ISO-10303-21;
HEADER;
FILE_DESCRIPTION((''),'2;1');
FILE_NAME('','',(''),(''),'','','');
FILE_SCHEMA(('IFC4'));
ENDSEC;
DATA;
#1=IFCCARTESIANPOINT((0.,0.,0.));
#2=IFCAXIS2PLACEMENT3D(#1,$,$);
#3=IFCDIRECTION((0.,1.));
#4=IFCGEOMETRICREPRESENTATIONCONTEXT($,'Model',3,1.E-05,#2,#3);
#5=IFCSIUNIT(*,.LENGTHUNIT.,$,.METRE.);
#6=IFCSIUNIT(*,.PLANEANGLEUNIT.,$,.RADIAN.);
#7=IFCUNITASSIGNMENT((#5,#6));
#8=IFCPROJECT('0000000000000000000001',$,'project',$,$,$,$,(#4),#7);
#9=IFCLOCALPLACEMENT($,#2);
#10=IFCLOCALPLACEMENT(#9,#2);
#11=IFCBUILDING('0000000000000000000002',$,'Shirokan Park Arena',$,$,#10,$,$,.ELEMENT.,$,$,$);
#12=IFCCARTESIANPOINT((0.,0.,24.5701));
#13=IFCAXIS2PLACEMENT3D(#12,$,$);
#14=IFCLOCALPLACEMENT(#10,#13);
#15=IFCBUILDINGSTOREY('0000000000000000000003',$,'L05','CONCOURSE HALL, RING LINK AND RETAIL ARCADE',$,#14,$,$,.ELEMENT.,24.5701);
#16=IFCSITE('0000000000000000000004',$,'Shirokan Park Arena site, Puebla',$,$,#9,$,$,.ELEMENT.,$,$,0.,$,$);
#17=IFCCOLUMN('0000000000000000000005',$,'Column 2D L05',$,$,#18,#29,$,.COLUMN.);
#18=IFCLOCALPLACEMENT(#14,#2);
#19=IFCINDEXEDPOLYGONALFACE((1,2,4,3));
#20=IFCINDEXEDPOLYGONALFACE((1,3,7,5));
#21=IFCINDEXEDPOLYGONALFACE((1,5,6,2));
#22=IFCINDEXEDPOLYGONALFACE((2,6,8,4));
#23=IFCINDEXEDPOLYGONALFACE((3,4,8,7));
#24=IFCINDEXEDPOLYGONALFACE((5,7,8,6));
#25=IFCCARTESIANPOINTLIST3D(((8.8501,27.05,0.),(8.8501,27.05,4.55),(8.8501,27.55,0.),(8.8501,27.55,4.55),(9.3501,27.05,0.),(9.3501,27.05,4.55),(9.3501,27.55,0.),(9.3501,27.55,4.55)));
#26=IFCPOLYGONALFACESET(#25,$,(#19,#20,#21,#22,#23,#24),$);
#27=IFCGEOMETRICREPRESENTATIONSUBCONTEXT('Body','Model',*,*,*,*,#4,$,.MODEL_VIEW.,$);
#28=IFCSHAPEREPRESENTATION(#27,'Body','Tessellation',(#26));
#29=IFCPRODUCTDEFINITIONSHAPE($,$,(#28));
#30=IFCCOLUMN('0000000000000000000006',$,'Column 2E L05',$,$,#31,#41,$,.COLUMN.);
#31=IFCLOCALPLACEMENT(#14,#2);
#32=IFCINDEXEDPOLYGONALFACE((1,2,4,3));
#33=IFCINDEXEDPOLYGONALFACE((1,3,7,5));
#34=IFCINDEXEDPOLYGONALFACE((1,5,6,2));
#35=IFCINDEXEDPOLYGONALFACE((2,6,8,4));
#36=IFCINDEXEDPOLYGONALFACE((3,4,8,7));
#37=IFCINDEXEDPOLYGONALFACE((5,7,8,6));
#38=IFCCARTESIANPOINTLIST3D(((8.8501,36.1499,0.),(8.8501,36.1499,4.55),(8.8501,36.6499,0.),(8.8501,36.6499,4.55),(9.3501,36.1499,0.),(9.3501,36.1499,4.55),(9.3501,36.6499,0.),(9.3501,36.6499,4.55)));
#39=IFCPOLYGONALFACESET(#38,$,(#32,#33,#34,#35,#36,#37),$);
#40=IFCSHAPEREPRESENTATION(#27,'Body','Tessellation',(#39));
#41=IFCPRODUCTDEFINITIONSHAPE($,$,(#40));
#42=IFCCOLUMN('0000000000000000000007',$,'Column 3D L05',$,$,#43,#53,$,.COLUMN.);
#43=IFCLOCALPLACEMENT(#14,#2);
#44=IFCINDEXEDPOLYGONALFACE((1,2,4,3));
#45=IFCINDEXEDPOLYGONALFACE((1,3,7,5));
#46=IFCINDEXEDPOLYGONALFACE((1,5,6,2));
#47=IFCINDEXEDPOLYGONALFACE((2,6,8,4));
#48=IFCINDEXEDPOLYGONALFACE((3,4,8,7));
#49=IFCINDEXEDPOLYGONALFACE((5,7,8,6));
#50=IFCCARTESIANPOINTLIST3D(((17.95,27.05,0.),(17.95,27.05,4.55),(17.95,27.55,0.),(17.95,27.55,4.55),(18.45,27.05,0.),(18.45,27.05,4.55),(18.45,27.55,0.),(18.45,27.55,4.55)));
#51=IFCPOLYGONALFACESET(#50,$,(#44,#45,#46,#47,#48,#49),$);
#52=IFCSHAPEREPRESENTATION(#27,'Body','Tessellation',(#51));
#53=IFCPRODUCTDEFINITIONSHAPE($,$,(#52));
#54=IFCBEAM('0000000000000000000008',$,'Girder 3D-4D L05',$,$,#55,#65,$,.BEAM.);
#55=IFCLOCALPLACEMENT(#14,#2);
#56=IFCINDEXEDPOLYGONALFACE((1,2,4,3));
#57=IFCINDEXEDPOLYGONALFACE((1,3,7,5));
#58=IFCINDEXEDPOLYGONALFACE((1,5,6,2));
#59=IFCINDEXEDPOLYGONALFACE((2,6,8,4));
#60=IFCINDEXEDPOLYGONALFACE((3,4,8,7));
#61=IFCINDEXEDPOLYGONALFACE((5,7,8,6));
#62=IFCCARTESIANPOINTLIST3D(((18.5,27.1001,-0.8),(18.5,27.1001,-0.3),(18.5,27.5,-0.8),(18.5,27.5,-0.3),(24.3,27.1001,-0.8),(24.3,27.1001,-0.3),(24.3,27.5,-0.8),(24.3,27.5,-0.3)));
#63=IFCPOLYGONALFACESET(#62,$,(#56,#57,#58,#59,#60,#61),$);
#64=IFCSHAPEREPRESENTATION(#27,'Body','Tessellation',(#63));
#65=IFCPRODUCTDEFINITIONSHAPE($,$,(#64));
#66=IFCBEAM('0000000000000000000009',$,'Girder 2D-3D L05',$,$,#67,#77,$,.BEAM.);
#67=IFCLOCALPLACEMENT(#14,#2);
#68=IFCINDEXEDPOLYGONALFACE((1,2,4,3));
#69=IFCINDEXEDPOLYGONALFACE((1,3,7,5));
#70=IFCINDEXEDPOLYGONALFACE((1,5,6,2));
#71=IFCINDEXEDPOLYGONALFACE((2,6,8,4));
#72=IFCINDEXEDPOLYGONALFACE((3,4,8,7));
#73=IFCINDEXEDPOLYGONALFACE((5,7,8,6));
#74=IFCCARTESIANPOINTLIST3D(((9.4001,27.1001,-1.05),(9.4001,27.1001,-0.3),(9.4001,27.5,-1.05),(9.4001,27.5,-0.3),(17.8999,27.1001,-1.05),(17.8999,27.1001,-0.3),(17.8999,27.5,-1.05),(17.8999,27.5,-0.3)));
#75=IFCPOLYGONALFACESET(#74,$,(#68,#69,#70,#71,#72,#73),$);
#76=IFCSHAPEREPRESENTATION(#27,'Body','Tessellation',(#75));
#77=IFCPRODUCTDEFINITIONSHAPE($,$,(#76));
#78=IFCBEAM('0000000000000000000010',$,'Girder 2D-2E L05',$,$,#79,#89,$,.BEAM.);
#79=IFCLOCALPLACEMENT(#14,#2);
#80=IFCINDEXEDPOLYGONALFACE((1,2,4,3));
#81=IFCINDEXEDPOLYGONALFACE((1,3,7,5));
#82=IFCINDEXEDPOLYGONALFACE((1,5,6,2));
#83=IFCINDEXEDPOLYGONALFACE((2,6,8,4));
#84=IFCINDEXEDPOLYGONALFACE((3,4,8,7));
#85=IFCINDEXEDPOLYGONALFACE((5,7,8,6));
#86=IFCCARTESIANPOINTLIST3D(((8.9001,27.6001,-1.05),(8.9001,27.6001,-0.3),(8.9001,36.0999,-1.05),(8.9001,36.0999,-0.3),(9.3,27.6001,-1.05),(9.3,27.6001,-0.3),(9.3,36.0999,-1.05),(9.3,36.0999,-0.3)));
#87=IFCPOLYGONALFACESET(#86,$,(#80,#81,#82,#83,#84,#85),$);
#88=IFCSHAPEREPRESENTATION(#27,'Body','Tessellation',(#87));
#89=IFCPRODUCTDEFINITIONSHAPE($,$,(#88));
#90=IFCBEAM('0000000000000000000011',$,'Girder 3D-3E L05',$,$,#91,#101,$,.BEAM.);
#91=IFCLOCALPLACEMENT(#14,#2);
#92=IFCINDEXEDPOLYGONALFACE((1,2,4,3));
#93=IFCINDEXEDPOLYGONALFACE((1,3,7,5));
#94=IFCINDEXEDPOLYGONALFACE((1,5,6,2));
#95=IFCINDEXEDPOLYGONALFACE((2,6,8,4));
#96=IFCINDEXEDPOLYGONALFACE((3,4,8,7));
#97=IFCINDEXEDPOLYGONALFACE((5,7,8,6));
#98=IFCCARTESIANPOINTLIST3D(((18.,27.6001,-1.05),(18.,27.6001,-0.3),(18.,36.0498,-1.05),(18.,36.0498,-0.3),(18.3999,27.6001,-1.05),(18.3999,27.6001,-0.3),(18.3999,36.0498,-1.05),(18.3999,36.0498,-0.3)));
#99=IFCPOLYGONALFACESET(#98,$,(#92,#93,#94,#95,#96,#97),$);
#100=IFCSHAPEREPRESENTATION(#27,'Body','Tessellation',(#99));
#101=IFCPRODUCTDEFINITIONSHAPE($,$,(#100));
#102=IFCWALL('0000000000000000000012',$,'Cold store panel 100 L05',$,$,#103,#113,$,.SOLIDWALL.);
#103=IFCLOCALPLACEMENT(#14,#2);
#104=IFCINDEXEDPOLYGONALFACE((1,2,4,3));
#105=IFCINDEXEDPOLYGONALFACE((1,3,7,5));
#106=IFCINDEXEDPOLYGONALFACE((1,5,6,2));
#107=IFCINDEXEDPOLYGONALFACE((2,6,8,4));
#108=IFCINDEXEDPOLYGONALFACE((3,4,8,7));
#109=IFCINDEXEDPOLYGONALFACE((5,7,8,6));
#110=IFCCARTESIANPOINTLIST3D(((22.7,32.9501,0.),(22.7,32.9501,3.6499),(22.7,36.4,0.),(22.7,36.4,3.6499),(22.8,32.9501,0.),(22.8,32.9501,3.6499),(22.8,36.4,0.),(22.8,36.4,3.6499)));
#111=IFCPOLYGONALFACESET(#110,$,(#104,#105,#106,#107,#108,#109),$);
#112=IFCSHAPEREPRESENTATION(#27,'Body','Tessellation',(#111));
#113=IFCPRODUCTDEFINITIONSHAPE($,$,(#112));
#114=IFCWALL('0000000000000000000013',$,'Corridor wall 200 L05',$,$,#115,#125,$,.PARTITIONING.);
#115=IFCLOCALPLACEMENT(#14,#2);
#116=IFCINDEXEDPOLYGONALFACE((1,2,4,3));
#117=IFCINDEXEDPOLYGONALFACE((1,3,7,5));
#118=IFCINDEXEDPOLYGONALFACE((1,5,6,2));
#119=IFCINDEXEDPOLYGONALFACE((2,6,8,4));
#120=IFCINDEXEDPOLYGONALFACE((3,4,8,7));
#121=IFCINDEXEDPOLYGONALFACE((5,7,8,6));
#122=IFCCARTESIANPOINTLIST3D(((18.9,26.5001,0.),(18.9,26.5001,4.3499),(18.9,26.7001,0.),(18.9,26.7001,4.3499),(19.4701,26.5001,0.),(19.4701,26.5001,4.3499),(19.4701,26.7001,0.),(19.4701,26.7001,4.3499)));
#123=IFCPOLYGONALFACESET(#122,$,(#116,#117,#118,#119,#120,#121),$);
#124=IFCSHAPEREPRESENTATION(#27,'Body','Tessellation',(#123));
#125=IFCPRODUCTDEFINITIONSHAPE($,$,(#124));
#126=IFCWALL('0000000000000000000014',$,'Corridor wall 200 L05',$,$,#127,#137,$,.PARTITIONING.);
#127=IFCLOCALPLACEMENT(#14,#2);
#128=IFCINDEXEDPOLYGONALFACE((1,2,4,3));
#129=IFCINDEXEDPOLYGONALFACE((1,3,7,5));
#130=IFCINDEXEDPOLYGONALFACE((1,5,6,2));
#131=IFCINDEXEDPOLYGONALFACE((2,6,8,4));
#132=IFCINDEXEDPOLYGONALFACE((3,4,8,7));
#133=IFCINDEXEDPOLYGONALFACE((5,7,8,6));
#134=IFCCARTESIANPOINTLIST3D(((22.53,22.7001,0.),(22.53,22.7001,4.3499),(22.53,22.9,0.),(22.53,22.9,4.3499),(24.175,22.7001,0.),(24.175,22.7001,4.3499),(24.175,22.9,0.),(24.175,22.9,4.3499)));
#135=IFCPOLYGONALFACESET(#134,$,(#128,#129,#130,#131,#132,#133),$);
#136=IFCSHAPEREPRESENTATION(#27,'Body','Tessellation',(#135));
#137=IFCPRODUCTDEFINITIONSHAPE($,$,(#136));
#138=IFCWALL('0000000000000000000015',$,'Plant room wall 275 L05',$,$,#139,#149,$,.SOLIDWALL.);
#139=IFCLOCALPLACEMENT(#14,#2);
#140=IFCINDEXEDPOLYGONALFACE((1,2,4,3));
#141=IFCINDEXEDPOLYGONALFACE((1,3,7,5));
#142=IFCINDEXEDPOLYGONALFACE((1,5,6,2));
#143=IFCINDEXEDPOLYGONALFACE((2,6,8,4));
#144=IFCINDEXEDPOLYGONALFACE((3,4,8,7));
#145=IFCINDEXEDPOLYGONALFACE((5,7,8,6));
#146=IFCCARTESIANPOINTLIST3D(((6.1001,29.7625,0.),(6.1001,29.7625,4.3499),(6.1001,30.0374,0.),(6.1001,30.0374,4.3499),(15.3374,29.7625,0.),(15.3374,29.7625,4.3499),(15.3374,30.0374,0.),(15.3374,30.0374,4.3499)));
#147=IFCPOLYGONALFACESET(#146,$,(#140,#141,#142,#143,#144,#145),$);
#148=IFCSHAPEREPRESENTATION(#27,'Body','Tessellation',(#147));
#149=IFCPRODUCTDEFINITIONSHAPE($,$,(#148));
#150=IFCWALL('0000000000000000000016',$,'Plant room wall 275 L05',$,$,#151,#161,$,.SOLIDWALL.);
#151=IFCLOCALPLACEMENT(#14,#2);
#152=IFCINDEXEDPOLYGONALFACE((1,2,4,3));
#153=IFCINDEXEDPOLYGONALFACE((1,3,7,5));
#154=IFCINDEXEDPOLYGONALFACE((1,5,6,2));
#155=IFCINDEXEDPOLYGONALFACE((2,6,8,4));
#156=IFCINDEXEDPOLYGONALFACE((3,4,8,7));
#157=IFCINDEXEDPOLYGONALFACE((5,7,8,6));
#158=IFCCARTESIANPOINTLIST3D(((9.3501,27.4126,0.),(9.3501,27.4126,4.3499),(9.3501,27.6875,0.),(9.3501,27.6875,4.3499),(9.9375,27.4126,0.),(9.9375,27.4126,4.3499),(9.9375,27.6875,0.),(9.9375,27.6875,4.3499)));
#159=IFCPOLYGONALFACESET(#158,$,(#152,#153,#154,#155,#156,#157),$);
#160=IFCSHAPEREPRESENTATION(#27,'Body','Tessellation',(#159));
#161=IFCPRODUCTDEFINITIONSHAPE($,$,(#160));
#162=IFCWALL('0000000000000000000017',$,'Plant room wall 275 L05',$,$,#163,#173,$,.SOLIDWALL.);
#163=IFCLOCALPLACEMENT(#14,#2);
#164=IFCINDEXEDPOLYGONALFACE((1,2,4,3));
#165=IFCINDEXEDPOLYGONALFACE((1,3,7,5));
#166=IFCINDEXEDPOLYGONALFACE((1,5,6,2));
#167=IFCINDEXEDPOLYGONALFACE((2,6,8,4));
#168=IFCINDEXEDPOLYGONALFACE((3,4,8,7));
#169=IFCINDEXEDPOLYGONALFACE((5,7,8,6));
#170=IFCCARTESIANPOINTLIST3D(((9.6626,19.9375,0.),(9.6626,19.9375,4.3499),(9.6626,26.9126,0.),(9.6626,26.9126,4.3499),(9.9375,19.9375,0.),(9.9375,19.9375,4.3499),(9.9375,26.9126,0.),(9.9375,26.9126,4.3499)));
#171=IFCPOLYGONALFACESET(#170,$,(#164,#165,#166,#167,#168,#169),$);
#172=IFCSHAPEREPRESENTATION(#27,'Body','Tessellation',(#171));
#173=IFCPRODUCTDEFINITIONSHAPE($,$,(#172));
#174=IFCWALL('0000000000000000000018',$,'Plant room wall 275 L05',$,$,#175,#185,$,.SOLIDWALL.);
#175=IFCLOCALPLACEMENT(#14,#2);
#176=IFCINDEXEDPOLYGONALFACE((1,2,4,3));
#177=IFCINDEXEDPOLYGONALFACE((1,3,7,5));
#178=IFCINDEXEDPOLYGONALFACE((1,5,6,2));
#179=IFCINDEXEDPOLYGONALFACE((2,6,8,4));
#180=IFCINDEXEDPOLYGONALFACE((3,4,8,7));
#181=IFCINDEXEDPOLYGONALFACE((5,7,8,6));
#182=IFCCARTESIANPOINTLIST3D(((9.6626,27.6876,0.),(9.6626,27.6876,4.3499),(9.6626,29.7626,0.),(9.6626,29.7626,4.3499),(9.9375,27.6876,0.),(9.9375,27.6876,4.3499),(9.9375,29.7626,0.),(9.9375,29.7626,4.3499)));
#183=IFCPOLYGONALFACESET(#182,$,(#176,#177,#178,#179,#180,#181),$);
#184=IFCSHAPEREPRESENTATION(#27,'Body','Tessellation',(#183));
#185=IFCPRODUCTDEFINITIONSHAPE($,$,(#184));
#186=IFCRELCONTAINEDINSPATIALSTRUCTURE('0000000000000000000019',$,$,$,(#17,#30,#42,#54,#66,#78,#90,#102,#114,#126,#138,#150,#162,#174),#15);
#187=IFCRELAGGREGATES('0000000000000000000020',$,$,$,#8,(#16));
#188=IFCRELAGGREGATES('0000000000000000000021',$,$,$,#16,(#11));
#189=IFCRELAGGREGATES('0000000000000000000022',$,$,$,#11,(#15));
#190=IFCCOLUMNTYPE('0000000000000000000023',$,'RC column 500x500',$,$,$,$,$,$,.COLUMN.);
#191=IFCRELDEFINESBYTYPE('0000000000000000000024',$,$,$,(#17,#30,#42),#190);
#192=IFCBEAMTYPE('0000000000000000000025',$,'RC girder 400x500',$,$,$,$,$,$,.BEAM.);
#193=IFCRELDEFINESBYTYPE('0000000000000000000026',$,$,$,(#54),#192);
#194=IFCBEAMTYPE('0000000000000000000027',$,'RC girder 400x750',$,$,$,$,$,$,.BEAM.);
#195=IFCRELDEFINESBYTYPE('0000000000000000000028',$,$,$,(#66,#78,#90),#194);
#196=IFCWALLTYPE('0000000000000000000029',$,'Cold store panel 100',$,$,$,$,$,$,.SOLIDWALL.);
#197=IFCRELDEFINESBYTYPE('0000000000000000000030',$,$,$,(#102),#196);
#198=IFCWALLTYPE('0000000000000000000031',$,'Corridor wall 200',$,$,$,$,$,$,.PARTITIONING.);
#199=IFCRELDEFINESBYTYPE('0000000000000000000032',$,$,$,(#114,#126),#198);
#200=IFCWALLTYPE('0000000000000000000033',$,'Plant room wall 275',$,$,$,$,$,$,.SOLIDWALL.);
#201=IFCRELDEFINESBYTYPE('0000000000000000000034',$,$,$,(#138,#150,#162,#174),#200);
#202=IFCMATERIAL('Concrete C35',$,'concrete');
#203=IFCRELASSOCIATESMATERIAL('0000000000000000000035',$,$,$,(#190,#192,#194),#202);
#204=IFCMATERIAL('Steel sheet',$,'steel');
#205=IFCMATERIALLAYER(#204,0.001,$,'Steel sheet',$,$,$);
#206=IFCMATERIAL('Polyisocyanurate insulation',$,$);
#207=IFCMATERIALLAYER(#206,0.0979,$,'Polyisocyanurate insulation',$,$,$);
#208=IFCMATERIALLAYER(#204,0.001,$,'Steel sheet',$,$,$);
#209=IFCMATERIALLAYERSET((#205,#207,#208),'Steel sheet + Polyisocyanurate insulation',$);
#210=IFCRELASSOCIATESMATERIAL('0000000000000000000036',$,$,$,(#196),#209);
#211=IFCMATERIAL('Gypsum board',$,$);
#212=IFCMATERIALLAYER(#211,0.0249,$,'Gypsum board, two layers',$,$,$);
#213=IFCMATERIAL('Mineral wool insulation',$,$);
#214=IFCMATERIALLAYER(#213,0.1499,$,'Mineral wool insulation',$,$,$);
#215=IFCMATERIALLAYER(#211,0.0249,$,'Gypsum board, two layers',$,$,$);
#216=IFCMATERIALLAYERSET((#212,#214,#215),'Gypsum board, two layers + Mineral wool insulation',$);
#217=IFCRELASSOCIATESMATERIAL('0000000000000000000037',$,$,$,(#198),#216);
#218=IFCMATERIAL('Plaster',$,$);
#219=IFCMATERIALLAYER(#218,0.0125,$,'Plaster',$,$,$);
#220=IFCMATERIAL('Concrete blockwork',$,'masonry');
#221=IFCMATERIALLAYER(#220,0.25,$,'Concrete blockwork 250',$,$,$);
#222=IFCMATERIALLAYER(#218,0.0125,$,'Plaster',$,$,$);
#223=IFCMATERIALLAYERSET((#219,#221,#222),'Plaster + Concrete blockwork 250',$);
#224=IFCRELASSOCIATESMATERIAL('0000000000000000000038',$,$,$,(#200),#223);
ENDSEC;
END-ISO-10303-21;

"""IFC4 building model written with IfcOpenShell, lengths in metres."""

from ifc_helpers import new_model, si_unit, direction, frame, frame_2d, origin, origin_2d, place, context, subcontext, project, spatial, rectangle, extrude, material, layer, layer_set, material_profile, profile_set, type_object, element, save


model = new_model("IFC4")

# Units and contexts
model_context = context("Model", 3, precision=1e-05, world=origin(), true_north=direction((0.0, 1.0)))
body_context = subcontext(model_context, "Body", "Model", "MODEL_VIEW")
ifc_project = project(units=[si_unit("LENGTHUNIT", "METRE"), si_unit("PLANEANGLEUNIT", "RADIAN")], contexts=[model_context])

# Site, building, storey
site_placement = place(None, origin())
site = spatial("IfcSite", under=ifc_project, at=site_placement, Name="Shirokan Park Arena site, Puebla", CompositionType="ELEMENT", RefElevation=0.0)
building_placement = place(site_placement, origin())
building = spatial("IfcBuilding", under=site, at=building_placement, Name="Shirokan Park Arena", CompositionType="ELEMENT")
storey_placement = place(building_placement, frame((0.0, 0.0, 24.5701)))
storey = spatial("IfcBuildingStorey", under=building, at=storey_placement, Name="L05", Description="CONCOURSE HALL, RING LINK AND RETAIL ARCADE", CompositionType="ELEMENT", Elevation=24.5701)

# Columns
ifc_material_1 = material(Name="Concrete C35", Category="concrete")
ifc_material_profile_1 = material_profile(ifc_material_1, rectangle(XDim=0.5, YDim=0.5, at=origin_2d()), Name="500x500")
ifc_profile_set_1 = profile_set([ifc_material_profile_1], Name="Concrete C35")
column_type = type_object("IfcColumnType", Name="RC column 500x500", PredefinedType="COLUMN", material=ifc_profile_set_1)
for number, where, z_axis, x_axis, name in (
    (1, (9.1001, 27.3, 0.0), (0.0, 0.0, 1.0), (1.0, 0.0, 0.0), "Column 2D L05"),
    (2, (9.1001, 36.3999, 0.0), (0.0, 0.0, 1.0), (1.0, 0.0, 0.0), "Column 2E L05"),
    (3, (18.2, 27.3, 0.0), (0.0, 0.0, 1.0), (1.0, 0.0, 0.0), "Column 3D L05"),
):
    element("IfcColumn", number, at=place(storey_placement, frame(where, z_axis=z_axis, x_axis=x_axis)), inside=storey, type_object=column_type, Name=name, PredefinedType="COLUMN", context=body_context, shape_type="SweptSolid", body=[
        extrude(rectangle(XDim=0.5, YDim=0.5, at=origin_2d()), origin(), (0.0, 0.0, 1.0), 4.55),
    ])

# Beams
ifc_material_profile_2 = material_profile(ifc_material_1, rectangle(XDim=0.3999, YDim=0.5, at=origin_2d()), Name="400x500")
ifc_profile_set_2 = profile_set([ifc_material_profile_2], Name="Concrete C35")
beam_type_1 = type_object("IfcBeamType", Name="RC girder 400x500", PredefinedType="BEAM", material=ifc_profile_set_2)
beam_1_placement = place(storey_placement, frame((18.5, 27.3, -0.55), z_axis=(1.0, 0.0, 0.0), x_axis=(0.0, 1.0, 0.0)))
element("IfcBeam", 4, at=beam_1_placement, inside=storey, type_object=beam_type_1, Name="Girder 3D-4D L05", PredefinedType="BEAM", context=body_context, shape_type="SweptSolid", body=[
    extrude(rectangle(XDim=0.3999, YDim=0.5, at=origin_2d()), origin(), (0.0, 0.0, 1.0), 5.8),
])
ifc_material_profile_3 = material_profile(ifc_material_1, rectangle(XDim=0.3999, YDim=0.75, at=origin_2d()), Name="400x750")
ifc_profile_set_3 = profile_set([ifc_material_profile_3], Name="Concrete C35")
beam_type_2 = type_object("IfcBeamType", Name="RC girder 400x750", PredefinedType="BEAM", material=ifc_profile_set_3)
for number, where, z_axis, x_axis, name in (
    (5, (9.4001, 27.3, -0.675), (1.0, 0.0, 0.0), (0.0, 1.0, 0.0), "Girder 2D-3D L05"),
    (6, (9.1001, 27.6001, -0.675), (0.0, 1.0, 0.0), (-1.0, 0.0, 0.0), "Girder 2D-2E L05"),
):
    element("IfcBeam", number, at=place(storey_placement, frame(where, z_axis=z_axis, x_axis=x_axis)), inside=storey, type_object=beam_type_2, Name=name, PredefinedType="BEAM", context=body_context, shape_type="SweptSolid", body=[
        extrude(rectangle(XDim=0.3999, YDim=0.75, at=origin_2d()), origin(), (0.0, 0.0, 1.0), 8.4998),
    ])
beam_2_placement = place(storey_placement, frame((18.2, 27.6001, -0.675), z_axis=(0.0, 1.0, 0.0), x_axis=(-1.0, 0.0, 0.0)))
element("IfcBeam", 7, at=beam_2_placement, inside=storey, type_object=beam_type_2, Name="Girder 3D-3E L05", PredefinedType="BEAM", context=body_context, shape_type="SweptSolid", body=[
    extrude(rectangle(XDim=0.3999, YDim=0.75, at=origin_2d()), origin(), (0.0, 0.0, 1.0), 8.4497),
])

# Wall
ifc_material_2 = material(Name="Steel sheet", Category="steel")
ifc_layer_1 = layer(ifc_material_2, 0.001, Name="Steel sheet")
ifc_material_3 = material(Name="Polyisocyanurate insulation")
ifc_layer_2 = layer(ifc_material_3, 0.0979, Name="Polyisocyanurate insulation")
ifc_layer_3 = layer(ifc_material_2, 0.001, Name="Steel sheet")
ifc_layer_set_1 = layer_set([ifc_layer_1, ifc_layer_2, ifc_layer_3], Name="Steel sheet + Polyisocyanurate insulation")
wall_type_1 = type_object("IfcWallType", Name="Cold store panel 100", PredefinedType="SOLIDWALL", material=ifc_layer_set_1)
wall_1_placement = place(storey_placement, frame((22.75, 32.95, 0.0), z_axis=(0.0, 0.0, 1.0), x_axis=(0.0, 1.0, 0.0)))
element("IfcWall", 8, at=wall_1_placement, inside=storey, type_object=wall_type_1, Name="Cold store panel 100 L05", PredefinedType="SOLIDWALL", context=body_context, shape_type="SweptSolid", body=[
    extrude(rectangle(XDim=3.45, YDim=0.1001, at=frame_2d((1.7251, 0.0))), origin(), (0.0, 0.0, 1.0), 3.6499),
])

# Shared definitions
ifc_material_4 = material(Name="Gypsum board")
ifc_layer_4 = layer(ifc_material_4, 0.0249, Name="Gypsum board, two layers")
ifc_material_5 = material(Name="Mineral wool insulation")
ifc_layer_5 = layer(ifc_material_5, 0.1499, Name="Mineral wool insulation")
ifc_layer_6 = layer(ifc_material_4, 0.0249, Name="Gypsum board, two layers")
ifc_layer_set_2 = layer_set([ifc_layer_4, ifc_layer_5, ifc_layer_6], Name="Gypsum board, two layers + Mineral wool insulation")
wall_type_2 = type_object("IfcWallType", Name="Corridor wall 200", PredefinedType="PARTITIONING", material=ifc_layer_set_2)

# Walls
wall_2_placement = place(storey_placement, frame((18.8999, 26.6001, 0.0), z_axis=(0.0, 0.0, 1.0), x_axis=(1.0, 0.0, 0.0)))
element("IfcWall", 9, at=wall_2_placement, inside=storey, type_object=wall_type_2, Name="Corridor wall 200 L05", PredefinedType="PARTITIONING", context=body_context, shape_type="SweptSolid", body=[
    extrude(rectangle(XDim=0.5701, YDim=0.2, at=frame_2d((0.2852, 0.0))), origin(), (0.0, 0.0, 1.0), 4.3499),
])
wall_3_placement = place(storey_placement, frame((22.53, 22.8, 0.0), z_axis=(0.0, 0.0, 1.0), x_axis=(1.0, 0.0, 0.0)))
element("IfcWall", 10, at=wall_3_placement, inside=storey, type_object=wall_type_2, Name="Corridor wall 200 L05", PredefinedType="PARTITIONING", context=body_context, shape_type="SweptSolid", body=[
    extrude(rectangle(XDim=1.645, YDim=0.2, at=frame_2d((0.8225, 0.0))), origin(), (0.0, 0.0, 1.0), 4.3499),
])
ifc_material_6 = material(Name="Plaster")
ifc_layer_7 = layer(ifc_material_6, 0.0125, Name="Plaster")
ifc_material_7 = material(Name="Concrete blockwork", Category="masonry")
ifc_layer_8 = layer(ifc_material_7, 0.25, Name="Concrete blockwork 250")
ifc_layer_9 = layer(ifc_material_6, 0.0125, Name="Plaster")
ifc_layer_set_3 = layer_set([ifc_layer_7, ifc_layer_8, ifc_layer_9], Name="Plaster + Concrete blockwork 250")
wall_type_3 = type_object("IfcWallType", Name="Plant room wall 275", PredefinedType="SOLIDWALL", material=ifc_layer_set_3)
wall_4_placement = place(storey_placement, frame((6.1001, 29.8999, 0.0), z_axis=(0.0, 0.0, 1.0), x_axis=(1.0, 0.0, 0.0)))
element("IfcWall", 11, at=wall_4_placement, inside=storey, type_object=wall_type_3, Name="Plant room wall 275 L05", PredefinedType="SOLIDWALL", context=body_context, shape_type="SweptSolid", body=[
    extrude(rectangle(XDim=9.2373, YDim=0.2749, at=frame_2d((4.6187, 0.0))), origin(), (0.0, 0.0, 1.0), 4.3499),
])
wall_5_placement = place(storey_placement, frame((9.3501, 27.55, 0.0), z_axis=(0.0, 0.0, 1.0), x_axis=(1.0, 0.0, 0.0)))
element("IfcWall", 12, at=wall_5_placement, inside=storey, type_object=wall_type_3, Name="Plant room wall 275 L05", PredefinedType="SOLIDWALL", context=body_context, shape_type="SweptSolid", body=[
    extrude(rectangle(XDim=0.5874, YDim=0.2749, at=frame_2d((0.2937, 0.0))), origin(), (0.0, 0.0, 1.0), 4.3499),
])
wall_6_placement = place(storey_placement, frame((9.8, 19.9375, 0.0), z_axis=(0.0, 0.0, 1.0), x_axis=(0.0, 1.0, 0.0)))
element("IfcWall", 13, at=wall_6_placement, inside=storey, type_object=wall_type_3, Name="Plant room wall 275 L05", PredefinedType="SOLIDWALL", context=body_context, shape_type="SweptSolid", body=[
    extrude(rectangle(XDim=6.9751, YDim=0.2749, at=frame_2d((3.4875, 0.0))), origin(), (0.0, 0.0, 1.0), 4.3499),
])
wall_7_placement = place(storey_placement, frame((9.8, 27.6875, 0.0), z_axis=(0.0, 0.0, 1.0), x_axis=(0.0, 1.0, 0.0)))
element("IfcWall", 14, at=wall_7_placement, inside=storey, type_object=wall_type_3, Name="Plant room wall 275 L05", PredefinedType="SOLIDWALL", context=body_context, shape_type="SweptSolid", body=[
    extrude(rectangle(XDim=2.075, YDim=0.2749, at=frame_2d((1.0376, 0.0))), origin(), (0.0, 0.0, 1.0), 4.3499),
])

save(model, "model.ifc")
